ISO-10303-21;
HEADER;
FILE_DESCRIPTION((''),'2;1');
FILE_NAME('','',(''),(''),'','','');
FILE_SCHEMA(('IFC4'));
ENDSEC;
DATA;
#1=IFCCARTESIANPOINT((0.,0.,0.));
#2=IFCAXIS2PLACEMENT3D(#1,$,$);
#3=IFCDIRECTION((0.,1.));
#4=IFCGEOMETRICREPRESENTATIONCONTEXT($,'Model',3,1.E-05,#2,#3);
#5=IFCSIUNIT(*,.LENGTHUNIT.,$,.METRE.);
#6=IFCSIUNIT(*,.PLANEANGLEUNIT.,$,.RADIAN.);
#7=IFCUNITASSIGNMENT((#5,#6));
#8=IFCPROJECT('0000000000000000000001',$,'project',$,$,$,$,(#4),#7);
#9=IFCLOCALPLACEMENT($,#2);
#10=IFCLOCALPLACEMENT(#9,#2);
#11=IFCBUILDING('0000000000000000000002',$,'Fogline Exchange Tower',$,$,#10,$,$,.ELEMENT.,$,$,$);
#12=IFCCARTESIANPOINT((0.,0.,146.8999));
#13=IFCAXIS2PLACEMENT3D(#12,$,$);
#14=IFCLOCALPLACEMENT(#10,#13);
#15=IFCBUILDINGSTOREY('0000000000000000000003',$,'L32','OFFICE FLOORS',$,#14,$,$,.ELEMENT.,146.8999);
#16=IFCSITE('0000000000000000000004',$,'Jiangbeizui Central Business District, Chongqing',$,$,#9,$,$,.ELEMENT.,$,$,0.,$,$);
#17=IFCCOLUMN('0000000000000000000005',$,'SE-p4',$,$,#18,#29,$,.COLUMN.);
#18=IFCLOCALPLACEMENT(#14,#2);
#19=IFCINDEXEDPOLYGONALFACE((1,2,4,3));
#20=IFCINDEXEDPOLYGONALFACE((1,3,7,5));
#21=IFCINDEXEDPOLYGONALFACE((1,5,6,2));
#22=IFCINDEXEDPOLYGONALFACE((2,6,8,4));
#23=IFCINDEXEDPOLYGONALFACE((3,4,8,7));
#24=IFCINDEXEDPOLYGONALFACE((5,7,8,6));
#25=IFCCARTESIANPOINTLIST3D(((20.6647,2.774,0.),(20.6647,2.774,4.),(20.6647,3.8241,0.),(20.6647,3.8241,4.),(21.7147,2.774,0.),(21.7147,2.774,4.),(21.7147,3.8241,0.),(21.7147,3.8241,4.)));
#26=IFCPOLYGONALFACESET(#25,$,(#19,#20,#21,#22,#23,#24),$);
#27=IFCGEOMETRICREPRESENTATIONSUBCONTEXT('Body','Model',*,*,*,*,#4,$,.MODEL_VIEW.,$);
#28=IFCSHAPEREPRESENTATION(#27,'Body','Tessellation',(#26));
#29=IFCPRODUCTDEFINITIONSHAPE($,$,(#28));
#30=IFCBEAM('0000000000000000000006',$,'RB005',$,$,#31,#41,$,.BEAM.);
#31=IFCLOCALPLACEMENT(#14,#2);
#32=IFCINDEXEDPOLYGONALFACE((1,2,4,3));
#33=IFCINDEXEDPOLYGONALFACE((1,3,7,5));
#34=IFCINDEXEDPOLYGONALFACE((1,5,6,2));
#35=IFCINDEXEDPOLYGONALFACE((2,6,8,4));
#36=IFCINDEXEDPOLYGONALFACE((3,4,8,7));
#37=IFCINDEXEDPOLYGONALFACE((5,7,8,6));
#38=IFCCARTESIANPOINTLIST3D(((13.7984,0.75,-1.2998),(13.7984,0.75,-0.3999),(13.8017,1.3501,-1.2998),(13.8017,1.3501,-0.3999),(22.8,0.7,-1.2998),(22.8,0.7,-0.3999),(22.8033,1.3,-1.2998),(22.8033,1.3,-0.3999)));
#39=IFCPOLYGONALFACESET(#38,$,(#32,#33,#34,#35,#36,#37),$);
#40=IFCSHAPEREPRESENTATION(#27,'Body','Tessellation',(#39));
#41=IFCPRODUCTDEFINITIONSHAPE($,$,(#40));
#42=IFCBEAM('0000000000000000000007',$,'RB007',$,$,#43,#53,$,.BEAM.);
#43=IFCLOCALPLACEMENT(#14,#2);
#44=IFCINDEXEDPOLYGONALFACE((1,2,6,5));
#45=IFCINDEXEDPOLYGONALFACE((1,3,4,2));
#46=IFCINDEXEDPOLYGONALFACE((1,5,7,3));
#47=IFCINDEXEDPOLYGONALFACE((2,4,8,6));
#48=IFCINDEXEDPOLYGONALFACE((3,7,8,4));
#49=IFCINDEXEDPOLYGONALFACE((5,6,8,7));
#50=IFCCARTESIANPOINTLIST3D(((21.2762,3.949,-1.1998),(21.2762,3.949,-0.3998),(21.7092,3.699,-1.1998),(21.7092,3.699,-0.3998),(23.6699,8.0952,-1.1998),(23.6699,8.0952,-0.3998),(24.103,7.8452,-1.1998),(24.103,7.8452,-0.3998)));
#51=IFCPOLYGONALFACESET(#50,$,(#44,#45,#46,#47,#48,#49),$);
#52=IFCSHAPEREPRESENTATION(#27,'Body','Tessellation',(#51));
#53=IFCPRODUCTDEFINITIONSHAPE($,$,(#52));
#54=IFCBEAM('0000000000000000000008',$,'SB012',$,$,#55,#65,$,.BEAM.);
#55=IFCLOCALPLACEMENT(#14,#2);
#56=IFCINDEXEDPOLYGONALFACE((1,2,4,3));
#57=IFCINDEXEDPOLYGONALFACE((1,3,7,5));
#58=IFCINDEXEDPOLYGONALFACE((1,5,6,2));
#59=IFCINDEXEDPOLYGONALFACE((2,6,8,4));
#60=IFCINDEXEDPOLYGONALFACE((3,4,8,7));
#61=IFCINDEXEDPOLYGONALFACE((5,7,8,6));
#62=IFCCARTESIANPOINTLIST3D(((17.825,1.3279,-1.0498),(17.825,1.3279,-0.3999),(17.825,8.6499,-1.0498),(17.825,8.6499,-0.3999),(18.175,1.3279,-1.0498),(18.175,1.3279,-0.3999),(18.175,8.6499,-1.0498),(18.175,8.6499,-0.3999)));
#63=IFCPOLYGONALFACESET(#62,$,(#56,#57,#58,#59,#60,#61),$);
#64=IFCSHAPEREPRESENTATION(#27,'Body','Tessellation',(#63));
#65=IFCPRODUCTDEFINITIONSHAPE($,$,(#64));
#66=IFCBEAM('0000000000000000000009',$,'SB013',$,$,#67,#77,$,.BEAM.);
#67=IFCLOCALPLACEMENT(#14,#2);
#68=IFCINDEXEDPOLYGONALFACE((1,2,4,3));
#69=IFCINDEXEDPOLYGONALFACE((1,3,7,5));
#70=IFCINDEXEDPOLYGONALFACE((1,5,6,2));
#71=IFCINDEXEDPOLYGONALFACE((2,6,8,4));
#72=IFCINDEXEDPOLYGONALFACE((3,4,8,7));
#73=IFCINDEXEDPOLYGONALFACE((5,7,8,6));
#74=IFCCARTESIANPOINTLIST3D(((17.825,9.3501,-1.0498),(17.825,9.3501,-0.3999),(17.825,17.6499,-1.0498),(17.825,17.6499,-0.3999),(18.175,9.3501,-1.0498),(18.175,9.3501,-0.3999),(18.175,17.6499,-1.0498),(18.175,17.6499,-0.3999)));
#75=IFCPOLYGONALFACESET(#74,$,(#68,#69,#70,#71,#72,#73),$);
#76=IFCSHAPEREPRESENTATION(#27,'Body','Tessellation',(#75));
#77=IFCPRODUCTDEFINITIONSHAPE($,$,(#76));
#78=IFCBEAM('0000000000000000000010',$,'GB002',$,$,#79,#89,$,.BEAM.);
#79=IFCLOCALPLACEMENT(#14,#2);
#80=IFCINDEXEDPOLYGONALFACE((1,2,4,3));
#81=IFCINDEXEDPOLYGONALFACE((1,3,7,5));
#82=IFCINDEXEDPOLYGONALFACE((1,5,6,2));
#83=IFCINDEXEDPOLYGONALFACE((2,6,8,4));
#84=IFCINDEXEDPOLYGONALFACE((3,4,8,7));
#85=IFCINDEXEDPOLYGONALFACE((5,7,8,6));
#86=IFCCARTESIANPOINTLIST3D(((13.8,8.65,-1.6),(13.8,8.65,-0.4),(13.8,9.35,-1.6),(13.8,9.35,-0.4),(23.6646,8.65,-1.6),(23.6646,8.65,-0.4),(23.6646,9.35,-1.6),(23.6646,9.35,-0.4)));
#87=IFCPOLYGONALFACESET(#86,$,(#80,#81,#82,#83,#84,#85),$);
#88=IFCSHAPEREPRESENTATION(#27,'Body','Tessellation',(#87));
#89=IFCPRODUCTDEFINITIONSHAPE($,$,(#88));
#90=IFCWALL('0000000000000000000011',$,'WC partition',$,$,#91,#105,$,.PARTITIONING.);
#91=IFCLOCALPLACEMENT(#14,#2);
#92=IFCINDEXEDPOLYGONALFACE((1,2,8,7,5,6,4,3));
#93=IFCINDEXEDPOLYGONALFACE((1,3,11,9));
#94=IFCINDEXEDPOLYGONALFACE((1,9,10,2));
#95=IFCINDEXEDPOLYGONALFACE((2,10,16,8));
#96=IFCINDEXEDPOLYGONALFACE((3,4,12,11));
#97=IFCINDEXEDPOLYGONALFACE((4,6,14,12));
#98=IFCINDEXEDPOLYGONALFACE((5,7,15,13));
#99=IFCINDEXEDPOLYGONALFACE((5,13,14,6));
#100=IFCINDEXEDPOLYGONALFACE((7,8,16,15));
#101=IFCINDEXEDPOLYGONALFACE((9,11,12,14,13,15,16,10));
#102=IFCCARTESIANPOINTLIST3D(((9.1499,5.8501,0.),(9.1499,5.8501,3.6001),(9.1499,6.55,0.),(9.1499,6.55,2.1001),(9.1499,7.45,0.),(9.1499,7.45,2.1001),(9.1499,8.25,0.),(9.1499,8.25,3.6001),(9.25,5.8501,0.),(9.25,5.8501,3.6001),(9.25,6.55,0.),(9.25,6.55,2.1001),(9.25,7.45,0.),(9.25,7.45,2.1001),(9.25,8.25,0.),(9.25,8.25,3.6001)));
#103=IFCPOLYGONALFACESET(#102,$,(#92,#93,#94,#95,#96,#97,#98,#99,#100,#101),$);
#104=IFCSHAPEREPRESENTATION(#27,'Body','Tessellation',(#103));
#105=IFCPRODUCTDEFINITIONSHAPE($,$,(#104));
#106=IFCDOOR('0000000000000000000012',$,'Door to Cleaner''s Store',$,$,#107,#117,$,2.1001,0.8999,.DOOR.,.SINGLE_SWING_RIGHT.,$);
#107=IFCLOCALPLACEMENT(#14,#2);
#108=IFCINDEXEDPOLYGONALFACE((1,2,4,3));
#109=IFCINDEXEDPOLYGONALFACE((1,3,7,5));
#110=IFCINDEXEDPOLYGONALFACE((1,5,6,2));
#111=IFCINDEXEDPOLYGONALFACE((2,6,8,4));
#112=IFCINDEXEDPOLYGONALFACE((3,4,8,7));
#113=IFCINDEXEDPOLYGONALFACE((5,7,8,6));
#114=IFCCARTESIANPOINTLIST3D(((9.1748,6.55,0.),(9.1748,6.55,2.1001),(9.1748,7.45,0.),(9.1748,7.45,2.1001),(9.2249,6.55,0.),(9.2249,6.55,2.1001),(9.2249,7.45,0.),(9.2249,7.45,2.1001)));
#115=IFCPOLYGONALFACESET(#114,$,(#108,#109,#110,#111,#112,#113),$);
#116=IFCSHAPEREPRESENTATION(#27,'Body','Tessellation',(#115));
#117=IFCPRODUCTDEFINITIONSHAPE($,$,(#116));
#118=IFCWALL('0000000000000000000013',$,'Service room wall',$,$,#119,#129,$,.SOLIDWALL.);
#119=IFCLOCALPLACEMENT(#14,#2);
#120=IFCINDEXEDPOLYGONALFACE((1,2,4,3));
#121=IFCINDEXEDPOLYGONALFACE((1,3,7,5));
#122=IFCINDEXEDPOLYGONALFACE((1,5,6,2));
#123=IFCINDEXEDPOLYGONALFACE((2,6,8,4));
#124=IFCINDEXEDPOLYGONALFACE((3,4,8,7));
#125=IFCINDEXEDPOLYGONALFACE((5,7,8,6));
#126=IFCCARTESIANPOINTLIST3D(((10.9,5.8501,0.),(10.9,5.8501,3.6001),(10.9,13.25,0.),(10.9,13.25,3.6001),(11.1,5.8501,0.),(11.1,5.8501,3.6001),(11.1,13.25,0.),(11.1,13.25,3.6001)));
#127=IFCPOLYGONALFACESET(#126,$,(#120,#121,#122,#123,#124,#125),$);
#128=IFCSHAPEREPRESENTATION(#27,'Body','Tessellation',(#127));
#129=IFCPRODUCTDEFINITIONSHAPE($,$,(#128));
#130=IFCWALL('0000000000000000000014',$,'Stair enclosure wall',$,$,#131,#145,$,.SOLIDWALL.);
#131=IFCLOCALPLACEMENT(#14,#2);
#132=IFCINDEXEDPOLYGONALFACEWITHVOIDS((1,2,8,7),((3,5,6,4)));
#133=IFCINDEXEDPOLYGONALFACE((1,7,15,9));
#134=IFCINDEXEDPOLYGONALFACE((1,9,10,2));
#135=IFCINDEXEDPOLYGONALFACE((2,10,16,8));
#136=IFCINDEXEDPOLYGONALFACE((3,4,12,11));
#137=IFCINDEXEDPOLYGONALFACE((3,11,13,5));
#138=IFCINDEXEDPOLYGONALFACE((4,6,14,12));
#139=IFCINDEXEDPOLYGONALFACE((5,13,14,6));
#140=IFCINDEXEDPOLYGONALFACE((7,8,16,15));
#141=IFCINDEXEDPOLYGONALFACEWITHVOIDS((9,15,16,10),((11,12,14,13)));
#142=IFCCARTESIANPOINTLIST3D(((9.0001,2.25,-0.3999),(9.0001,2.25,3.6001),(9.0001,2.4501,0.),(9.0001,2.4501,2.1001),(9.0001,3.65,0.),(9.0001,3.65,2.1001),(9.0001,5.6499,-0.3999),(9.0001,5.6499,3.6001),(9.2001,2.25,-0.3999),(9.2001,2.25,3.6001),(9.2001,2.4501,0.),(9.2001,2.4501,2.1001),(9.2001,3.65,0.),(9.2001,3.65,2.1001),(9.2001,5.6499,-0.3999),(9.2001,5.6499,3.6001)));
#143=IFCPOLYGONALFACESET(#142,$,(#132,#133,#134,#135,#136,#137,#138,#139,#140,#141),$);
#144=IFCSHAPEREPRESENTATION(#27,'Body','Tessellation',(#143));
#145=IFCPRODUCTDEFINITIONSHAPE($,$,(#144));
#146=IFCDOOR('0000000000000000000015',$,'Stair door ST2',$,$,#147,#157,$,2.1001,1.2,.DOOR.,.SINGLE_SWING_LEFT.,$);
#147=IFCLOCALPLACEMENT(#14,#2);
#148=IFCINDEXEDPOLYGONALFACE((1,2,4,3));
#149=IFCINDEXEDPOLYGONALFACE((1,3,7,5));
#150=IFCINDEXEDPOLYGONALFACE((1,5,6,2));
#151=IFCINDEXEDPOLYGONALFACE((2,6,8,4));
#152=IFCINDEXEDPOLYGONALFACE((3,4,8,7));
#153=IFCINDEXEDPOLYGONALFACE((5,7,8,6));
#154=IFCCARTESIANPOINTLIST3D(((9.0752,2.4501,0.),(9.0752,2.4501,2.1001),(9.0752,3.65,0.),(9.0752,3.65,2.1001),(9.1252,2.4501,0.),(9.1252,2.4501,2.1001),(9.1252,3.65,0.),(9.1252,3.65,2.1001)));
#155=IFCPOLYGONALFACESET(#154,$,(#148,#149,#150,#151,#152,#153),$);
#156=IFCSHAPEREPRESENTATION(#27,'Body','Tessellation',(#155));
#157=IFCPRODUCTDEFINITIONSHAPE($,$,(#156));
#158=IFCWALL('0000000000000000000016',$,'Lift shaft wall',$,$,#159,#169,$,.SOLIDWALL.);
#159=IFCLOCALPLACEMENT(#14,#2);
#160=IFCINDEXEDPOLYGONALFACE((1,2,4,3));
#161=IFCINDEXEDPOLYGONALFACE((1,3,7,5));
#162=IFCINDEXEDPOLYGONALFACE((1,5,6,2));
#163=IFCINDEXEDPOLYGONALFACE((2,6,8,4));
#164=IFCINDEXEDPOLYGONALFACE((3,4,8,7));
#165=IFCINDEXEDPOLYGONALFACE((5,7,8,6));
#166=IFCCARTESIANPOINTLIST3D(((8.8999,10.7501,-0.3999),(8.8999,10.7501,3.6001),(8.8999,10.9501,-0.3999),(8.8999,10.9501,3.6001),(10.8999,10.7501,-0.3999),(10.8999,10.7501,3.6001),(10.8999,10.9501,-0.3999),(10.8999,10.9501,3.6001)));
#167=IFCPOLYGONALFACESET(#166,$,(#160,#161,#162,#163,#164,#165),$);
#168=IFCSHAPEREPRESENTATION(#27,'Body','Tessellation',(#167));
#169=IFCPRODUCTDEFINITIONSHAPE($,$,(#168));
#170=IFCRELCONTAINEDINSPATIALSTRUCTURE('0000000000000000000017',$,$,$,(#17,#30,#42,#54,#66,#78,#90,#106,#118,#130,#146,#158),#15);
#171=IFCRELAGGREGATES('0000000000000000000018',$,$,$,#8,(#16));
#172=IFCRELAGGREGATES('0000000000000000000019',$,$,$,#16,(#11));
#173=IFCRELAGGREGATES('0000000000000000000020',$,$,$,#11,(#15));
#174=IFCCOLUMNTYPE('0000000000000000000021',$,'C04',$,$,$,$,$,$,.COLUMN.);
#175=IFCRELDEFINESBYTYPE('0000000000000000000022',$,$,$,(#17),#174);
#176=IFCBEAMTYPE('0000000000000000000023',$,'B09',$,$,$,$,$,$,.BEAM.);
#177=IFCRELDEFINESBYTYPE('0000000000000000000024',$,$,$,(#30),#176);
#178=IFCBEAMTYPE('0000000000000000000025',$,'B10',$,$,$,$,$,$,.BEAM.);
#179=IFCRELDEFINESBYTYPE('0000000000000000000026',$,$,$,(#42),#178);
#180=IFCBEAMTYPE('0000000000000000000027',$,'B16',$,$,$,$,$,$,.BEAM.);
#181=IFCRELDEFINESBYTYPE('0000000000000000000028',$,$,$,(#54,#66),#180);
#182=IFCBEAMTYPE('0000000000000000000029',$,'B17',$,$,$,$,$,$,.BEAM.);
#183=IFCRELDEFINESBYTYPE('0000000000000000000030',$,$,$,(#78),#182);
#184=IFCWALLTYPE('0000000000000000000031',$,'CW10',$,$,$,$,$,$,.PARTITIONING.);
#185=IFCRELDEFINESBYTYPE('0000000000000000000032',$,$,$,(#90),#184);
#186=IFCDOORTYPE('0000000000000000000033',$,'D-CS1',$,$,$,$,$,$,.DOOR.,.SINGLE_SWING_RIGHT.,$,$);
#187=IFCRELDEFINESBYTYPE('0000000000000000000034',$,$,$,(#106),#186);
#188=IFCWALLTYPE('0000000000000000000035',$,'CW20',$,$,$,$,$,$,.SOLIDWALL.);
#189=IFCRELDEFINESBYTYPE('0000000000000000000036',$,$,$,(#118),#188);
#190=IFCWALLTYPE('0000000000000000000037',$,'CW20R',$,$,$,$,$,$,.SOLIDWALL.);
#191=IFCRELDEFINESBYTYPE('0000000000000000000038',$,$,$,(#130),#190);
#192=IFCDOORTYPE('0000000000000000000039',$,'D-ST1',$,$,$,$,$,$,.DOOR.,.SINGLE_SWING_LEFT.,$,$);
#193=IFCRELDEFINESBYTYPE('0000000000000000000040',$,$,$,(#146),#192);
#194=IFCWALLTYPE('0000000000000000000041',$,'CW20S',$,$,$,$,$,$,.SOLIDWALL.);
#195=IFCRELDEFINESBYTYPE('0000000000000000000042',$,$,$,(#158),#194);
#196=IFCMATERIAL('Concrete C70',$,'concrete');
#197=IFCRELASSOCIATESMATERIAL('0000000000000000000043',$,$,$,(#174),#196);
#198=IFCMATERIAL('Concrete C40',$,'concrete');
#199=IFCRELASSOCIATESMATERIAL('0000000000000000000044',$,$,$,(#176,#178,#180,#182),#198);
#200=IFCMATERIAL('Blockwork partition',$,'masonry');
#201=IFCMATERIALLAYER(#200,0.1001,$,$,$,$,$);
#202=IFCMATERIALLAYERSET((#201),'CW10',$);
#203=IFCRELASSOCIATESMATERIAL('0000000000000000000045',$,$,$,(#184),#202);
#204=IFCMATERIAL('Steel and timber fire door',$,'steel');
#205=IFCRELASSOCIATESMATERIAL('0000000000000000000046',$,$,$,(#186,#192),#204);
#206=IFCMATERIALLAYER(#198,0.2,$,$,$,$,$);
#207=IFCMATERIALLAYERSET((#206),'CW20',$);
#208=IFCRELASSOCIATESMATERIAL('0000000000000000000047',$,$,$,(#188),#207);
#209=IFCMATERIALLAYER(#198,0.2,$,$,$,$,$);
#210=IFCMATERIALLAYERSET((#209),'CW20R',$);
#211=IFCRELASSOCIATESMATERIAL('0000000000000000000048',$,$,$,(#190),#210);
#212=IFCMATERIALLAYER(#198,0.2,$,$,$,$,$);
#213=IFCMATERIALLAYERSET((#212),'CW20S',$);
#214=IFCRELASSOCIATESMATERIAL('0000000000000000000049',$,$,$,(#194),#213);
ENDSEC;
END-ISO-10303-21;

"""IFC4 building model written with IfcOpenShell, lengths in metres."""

from ifc_helpers import new_model, si_unit, direction, frame, frame_2d, origin, origin_2d, place, context, subcontext, project, spatial, rectangle, extrude, material, layer, layer_set, material_profile, profile_set, type_object, element, fill, save


model = new_model("IFC4")

# Units and contexts
model_context = context("Model", 3, precision=1e-05, world=origin(), true_north=direction((0.0, 1.0)))
body_context = subcontext(model_context, "Body", "Model", "MODEL_VIEW")
ifc_project = project(units=[si_unit("LENGTHUNIT", "METRE"), si_unit("PLANEANGLEUNIT", "RADIAN")], contexts=[model_context])

# Site, building, storey
site_placement = place(None, origin())
site = spatial("IfcSite", under=ifc_project, at=site_placement, Name="Jiangbeizui Central Business District, Chongqing", CompositionType="ELEMENT", RefElevation=0.0)
building_placement = place(site_placement, origin())
building = spatial("IfcBuilding", under=site, at=building_placement, Name="Fogline Exchange Tower", CompositionType="ELEMENT")
storey_placement = place(building_placement, frame((0.0, 0.0, 146.8999)))
storey = spatial("IfcBuildingStorey", under=building, at=storey_placement, Name="L32", Description="OFFICE FLOORS", CompositionType="ELEMENT", Elevation=146.8999)

# Column
ifc_material_1 = material(Name="Concrete C70", Category="concrete")
ifc_material_profile_1 = material_profile(ifc_material_1, rectangle(XDim=1.05, YDim=1.05, at=origin_2d()), Name="RC 1050x1050")
ifc_profile_set_1 = profile_set([ifc_material_profile_1], Name="Concrete C70")
column_type = type_object("IfcColumnType", Name="C04", PredefinedType="COLUMN", material=ifc_profile_set_1)
column_placement = place(storey_placement, frame((21.1897, 3.2991, 0.0), z_axis=(0.0, 0.0, 1.0), x_axis=(1.0, 0.0, 0.0)))
element("IfcColumn", 1, at=column_placement, inside=storey, type_object=column_type, Name="SE-p4", PredefinedType="COLUMN", context=body_context, shape_type="SweptSolid", body=[
    extrude(rectangle(XDim=1.05, YDim=1.05, at=origin_2d()), origin(), (0.0, 0.0, 1.0), 4.0),
])

# Beams
ifc_material_2 = material(Name="Concrete C40", Category="concrete")
ifc_material_profile_2 = material_profile(ifc_material_2, rectangle(XDim=0.6001, YDim=0.8999, at=origin_2d()), Name="RC 600x900")
ifc_profile_set_2 = profile_set([ifc_material_profile_2], Name="Concrete C40")
beam_type_1 = type_object("IfcBeamType", Name="B09", PredefinedType="BEAM", material=ifc_profile_set_2)
beam_1_placement = place(storey_placement, frame((13.8, 1.05, -0.8499), z_axis=(0.999985, -0.00556, 0.0), x_axis=(0.00556, 0.999985, 0.0)))
element("IfcBeam", 2, at=beam_1_placement, inside=storey, type_object=beam_type_1, Name="RB005", PredefinedType="BEAM", context=body_context, shape_type="SweptSolid", body=[
    extrude(rectangle(XDim=0.6001, YDim=0.8999, at=origin_2d()), origin(), (0.0, 0.0, 1.0), 9.0017),
])
ifc_material_profile_3 = material_profile(ifc_material_2, rectangle(XDim=0.5, YDim=0.8, at=origin_2d()), Name="RC 500x800")
ifc_profile_set_3 = profile_set([ifc_material_profile_3], Name="Concrete C40")
beam_type_2 = type_object("IfcBeamType", Name="B10", PredefinedType="BEAM", material=ifc_profile_set_3)
beam_2_placement = place(storey_placement, frame((21.4927, 3.824, -0.7998), z_axis=(0.499995, 0.866028, 0.0), x_axis=(-0.866028, 0.499995, 0.0)))
element("IfcBeam", 3, at=beam_2_placement, inside=storey, type_object=beam_type_2, Name="RB007", PredefinedType="BEAM", context=body_context, shape_type="SweptSolid", body=[
    extrude(rectangle(XDim=0.5, YDim=0.8, at=origin_2d()), origin(), (0.0, 0.0, 1.0), 4.7876),
])
ifc_material_profile_4 = material_profile(ifc_material_2, rectangle(XDim=0.3501, YDim=0.6499, at=origin_2d()), Name="RC 350x650")
ifc_profile_set_4 = profile_set([ifc_material_profile_4], Name="Concrete C40")
beam_type_3 = type_object("IfcBeamType", Name="B16", PredefinedType="BEAM", material=ifc_profile_set_4)
beam_3_placement = place(storey_placement, frame((18.0, 1.3279, -0.7249), z_axis=(0.0, 1.0, 0.0), x_axis=(-1.0, 0.0, 0.0)))
element("IfcBeam", 4, at=beam_3_placement, inside=storey, type_object=beam_type_3, Name="SB012", PredefinedType="BEAM", context=body_context, shape_type="SweptSolid", body=[
    extrude(rectangle(XDim=0.3501, YDim=0.6499, at=origin_2d()), origin(), (0.0, 0.0, 1.0), 7.322),
])
beam_4_placement = place(storey_placement, frame((18.0, 9.3501, -0.7249), z_axis=(0.0, 1.0, 0.0), x_axis=(-1.0, 0.0, 0.0)))
element("IfcBeam", 5, at=beam_4_placement, inside=storey, type_object=beam_type_3, Name="SB013", PredefinedType="BEAM", context=body_context, shape_type="SweptSolid", body=[
    extrude(rectangle(XDim=0.3501, YDim=0.6499, at=origin_2d()), origin(), (0.0, 0.0, 1.0), 8.2998),
])
ifc_material_profile_5 = material_profile(ifc_material_2, rectangle(XDim=0.7, YDim=1.2, at=origin_2d()), Name="RC 700x1200")
ifc_profile_set_5 = profile_set([ifc_material_profile_5], Name="Concrete C40")
beam_type_4 = type_object("IfcBeamType", Name="B17", PredefinedType="BEAM", material=ifc_profile_set_5)
beam_5_placement = place(storey_placement, frame((13.8, 9.0, -1.0), z_axis=(1.0, 0.0, 0.0), x_axis=(0.0, 1.0, 0.0)))
element("IfcBeam", 6, at=beam_5_placement, inside=storey, type_object=beam_type_4, Name="GB002", PredefinedType="BEAM", context=body_context, shape_type="SweptSolid", body=[
    extrude(rectangle(XDim=0.7, YDim=1.2, at=origin_2d()), origin(), (0.0, 0.0, 1.0), 9.8645),
])

# Wall, opening, door
ifc_material_3 = material(Name="Blockwork partition", Category="masonry")
ifc_layer_1 = layer(ifc_material_3, 0.1001)
ifc_layer_set_1 = layer_set([ifc_layer_1], Name="CW10")
wall_type_1 = type_object("IfcWallType", Name="CW10", PredefinedType="PARTITIONING", material=ifc_layer_set_1)
wall_1_placement = place(storey_placement, frame((9.2, 5.8501, 0.0), z_axis=(0.0, 0.0, 1.0), x_axis=(0.0, 1.0, 0.0)))
wall_1 = element("IfcWall", 7, at=wall_1_placement, inside=storey, type_object=wall_type_1, Name="WC partition", PredefinedType="PARTITIONING", context=body_context, shape_type="SweptSolid", body=[
    extrude(rectangle(XDim=2.3999, YDim=0.1001, at=frame_2d((1.2, 0.0))), origin(), (0.0, 0.0, 1.0), 3.6001),
])
opening_1_placement = place(wall_1_placement, frame((0.7, 0.0, 0.0)))
opening_1 = element("IfcOpeningElement", 8, at=opening_1_placement, cuts=wall_1, PredefinedType="OPENING", context=body_context, shape_type="SweptSolid", body=[
    extrude(rectangle(XDim=0.8999, YDim=2.1001, at=frame_2d((0.45, 1.05))), frame((0.0, 0.0601, 0.0), z_axis=(0.0, -1.0, 0.0), x_axis=(1.0, 0.0, 0.0)), (0.0, 0.0, 1.0), 0.1201),
])
ifc_material_4 = material(Name="Steel and timber fire door", Category="steel")
door_type_1 = type_object("IfcDoorType", Name="D-CS1", OperationType="SINGLE_SWING_RIGHT", PredefinedType="DOOR", material=ifc_material_4)
door_1_placement = place(opening_1_placement, frame((0.8999, 0.0, 0.0), z_axis=(0.0, 0.0, 1.0), x_axis=(-1.0, 0.0, 0.0)))
door_1 = element("IfcDoor", 9, at=door_1_placement, inside=storey, type_object=door_type_1, Name="Door to Cleaner's Store", OperationType="SINGLE_SWING_RIGHT", OverallHeight=2.1001, OverallWidth=0.8999, PredefinedType="DOOR", context=body_context, shape_type="SweptSolid", body=[
    extrude(rectangle(XDim=0.8999, YDim=2.1001, at=frame_2d((0.45, 1.05))), frame((0.0, 0.0249, 0.0), z_axis=(0.0, -1.0, 0.0), x_axis=(1.0, 0.0, 0.0)), (0.0, 0.0, 1.0), 0.05),
])
fill(opening_1, door_1)

# Wall
ifc_layer_2 = layer(ifc_material_2, 0.2)
ifc_layer_set_2 = layer_set([ifc_layer_2], Name="CW20")
wall_type_2 = type_object("IfcWallType", Name="CW20", PredefinedType="SOLIDWALL", material=ifc_layer_set_2)
wall_2_placement = place(storey_placement, frame((11.0, 5.8501, 0.0), z_axis=(0.0, 0.0, 1.0), x_axis=(0.0, 1.0, 0.0)))
element("IfcWall", 10, at=wall_2_placement, inside=storey, type_object=wall_type_2, Name="Service room wall", PredefinedType="SOLIDWALL", context=body_context, shape_type="SweptSolid", body=[
    extrude(rectangle(XDim=7.3999, YDim=0.2, at=frame_2d((3.7, 0.0))), origin(), (0.0, 0.0, 1.0), 3.6001),
])

# Wall, opening, door
ifc_layer_3 = layer(ifc_material_2, 0.2)
ifc_layer_set_3 = layer_set([ifc_layer_3], Name="CW20R")
wall_type_3 = type_object("IfcWallType", Name="CW20R", PredefinedType="SOLIDWALL", material=ifc_layer_set_3)
wall_3_placement = place(storey_placement, frame((9.1001, 2.25, -0.3999), z_axis=(0.0, 0.0, 1.0), x_axis=(0.0, 1.0, 0.0)))
wall_3 = element("IfcWall", 11, at=wall_3_placement, inside=storey, type_object=wall_type_3, Name="Stair enclosure wall", PredefinedType="SOLIDWALL", context=body_context, shape_type="SweptSolid", body=[
    extrude(rectangle(XDim=3.3999, YDim=0.2, at=frame_2d((1.7, 0.0))), origin(), (0.0, 0.0, 1.0), 4.0),
])
opening_2_placement = place(wall_3_placement, frame((0.2, 0.0, 0.3999)))
opening_2 = element("IfcOpeningElement", 12, at=opening_2_placement, cuts=wall_3, PredefinedType="OPENING", context=body_context, shape_type="SweptSolid", body=[
    extrude(rectangle(XDim=1.2, YDim=2.1001, at=frame_2d((0.6001, 1.05))), frame((0.0, 0.1099, 0.0), z_axis=(0.0, -1.0, 0.0), x_axis=(1.0, 0.0, 0.0)), (0.0, 0.0, 1.0), 0.22),
])
door_type_2 = type_object("IfcDoorType", Name="D-ST1", OperationType="SINGLE_SWING_LEFT", PredefinedType="DOOR", material=ifc_material_4)
door_2_placement = place(opening_2_placement, origin())
door_2 = element("IfcDoor", 13, at=door_2_placement, inside=storey, type_object=door_type_2, Name="Stair door ST2", OperationType="SINGLE_SWING_LEFT", OverallHeight=2.1001, OverallWidth=1.2, PredefinedType="DOOR", context=body_context, shape_type="SweptSolid", body=[
    extrude(rectangle(XDim=1.2, YDim=2.1001, at=frame_2d((0.6001, 1.05))), frame((0.0, 0.0249, 0.0), z_axis=(0.0, -1.0, 0.0), x_axis=(1.0, 0.0, 0.0)), (0.0, 0.0, 1.0), 0.05),
])
fill(opening_2, door_2)

# Wall
ifc_layer_4 = layer(ifc_material_2, 0.2)
ifc_layer_set_4 = layer_set([ifc_layer_4], Name="CW20S")
wall_type_4 = type_object("IfcWallType", Name="CW20S", PredefinedType="SOLIDWALL", material=ifc_layer_set_4)
wall_4_placement = place(storey_placement, frame((8.8999, 10.8501, -0.3999), z_axis=(0.0, 0.0, 1.0), x_axis=(1.0, 0.0, 0.0)))
element("IfcWall", 14, at=wall_4_placement, inside=storey, type_object=wall_type_4, Name="Lift shaft wall", PredefinedType="SOLIDWALL", context=body_context, shape_type="SweptSolid", body=[
    extrude(rectangle(XDim=2.0, YDim=0.2, at=frame_2d((1.0, 0.0))), origin(), (0.0, 0.0, 1.0), 4.0),
])

save(model, "model.ifc")
